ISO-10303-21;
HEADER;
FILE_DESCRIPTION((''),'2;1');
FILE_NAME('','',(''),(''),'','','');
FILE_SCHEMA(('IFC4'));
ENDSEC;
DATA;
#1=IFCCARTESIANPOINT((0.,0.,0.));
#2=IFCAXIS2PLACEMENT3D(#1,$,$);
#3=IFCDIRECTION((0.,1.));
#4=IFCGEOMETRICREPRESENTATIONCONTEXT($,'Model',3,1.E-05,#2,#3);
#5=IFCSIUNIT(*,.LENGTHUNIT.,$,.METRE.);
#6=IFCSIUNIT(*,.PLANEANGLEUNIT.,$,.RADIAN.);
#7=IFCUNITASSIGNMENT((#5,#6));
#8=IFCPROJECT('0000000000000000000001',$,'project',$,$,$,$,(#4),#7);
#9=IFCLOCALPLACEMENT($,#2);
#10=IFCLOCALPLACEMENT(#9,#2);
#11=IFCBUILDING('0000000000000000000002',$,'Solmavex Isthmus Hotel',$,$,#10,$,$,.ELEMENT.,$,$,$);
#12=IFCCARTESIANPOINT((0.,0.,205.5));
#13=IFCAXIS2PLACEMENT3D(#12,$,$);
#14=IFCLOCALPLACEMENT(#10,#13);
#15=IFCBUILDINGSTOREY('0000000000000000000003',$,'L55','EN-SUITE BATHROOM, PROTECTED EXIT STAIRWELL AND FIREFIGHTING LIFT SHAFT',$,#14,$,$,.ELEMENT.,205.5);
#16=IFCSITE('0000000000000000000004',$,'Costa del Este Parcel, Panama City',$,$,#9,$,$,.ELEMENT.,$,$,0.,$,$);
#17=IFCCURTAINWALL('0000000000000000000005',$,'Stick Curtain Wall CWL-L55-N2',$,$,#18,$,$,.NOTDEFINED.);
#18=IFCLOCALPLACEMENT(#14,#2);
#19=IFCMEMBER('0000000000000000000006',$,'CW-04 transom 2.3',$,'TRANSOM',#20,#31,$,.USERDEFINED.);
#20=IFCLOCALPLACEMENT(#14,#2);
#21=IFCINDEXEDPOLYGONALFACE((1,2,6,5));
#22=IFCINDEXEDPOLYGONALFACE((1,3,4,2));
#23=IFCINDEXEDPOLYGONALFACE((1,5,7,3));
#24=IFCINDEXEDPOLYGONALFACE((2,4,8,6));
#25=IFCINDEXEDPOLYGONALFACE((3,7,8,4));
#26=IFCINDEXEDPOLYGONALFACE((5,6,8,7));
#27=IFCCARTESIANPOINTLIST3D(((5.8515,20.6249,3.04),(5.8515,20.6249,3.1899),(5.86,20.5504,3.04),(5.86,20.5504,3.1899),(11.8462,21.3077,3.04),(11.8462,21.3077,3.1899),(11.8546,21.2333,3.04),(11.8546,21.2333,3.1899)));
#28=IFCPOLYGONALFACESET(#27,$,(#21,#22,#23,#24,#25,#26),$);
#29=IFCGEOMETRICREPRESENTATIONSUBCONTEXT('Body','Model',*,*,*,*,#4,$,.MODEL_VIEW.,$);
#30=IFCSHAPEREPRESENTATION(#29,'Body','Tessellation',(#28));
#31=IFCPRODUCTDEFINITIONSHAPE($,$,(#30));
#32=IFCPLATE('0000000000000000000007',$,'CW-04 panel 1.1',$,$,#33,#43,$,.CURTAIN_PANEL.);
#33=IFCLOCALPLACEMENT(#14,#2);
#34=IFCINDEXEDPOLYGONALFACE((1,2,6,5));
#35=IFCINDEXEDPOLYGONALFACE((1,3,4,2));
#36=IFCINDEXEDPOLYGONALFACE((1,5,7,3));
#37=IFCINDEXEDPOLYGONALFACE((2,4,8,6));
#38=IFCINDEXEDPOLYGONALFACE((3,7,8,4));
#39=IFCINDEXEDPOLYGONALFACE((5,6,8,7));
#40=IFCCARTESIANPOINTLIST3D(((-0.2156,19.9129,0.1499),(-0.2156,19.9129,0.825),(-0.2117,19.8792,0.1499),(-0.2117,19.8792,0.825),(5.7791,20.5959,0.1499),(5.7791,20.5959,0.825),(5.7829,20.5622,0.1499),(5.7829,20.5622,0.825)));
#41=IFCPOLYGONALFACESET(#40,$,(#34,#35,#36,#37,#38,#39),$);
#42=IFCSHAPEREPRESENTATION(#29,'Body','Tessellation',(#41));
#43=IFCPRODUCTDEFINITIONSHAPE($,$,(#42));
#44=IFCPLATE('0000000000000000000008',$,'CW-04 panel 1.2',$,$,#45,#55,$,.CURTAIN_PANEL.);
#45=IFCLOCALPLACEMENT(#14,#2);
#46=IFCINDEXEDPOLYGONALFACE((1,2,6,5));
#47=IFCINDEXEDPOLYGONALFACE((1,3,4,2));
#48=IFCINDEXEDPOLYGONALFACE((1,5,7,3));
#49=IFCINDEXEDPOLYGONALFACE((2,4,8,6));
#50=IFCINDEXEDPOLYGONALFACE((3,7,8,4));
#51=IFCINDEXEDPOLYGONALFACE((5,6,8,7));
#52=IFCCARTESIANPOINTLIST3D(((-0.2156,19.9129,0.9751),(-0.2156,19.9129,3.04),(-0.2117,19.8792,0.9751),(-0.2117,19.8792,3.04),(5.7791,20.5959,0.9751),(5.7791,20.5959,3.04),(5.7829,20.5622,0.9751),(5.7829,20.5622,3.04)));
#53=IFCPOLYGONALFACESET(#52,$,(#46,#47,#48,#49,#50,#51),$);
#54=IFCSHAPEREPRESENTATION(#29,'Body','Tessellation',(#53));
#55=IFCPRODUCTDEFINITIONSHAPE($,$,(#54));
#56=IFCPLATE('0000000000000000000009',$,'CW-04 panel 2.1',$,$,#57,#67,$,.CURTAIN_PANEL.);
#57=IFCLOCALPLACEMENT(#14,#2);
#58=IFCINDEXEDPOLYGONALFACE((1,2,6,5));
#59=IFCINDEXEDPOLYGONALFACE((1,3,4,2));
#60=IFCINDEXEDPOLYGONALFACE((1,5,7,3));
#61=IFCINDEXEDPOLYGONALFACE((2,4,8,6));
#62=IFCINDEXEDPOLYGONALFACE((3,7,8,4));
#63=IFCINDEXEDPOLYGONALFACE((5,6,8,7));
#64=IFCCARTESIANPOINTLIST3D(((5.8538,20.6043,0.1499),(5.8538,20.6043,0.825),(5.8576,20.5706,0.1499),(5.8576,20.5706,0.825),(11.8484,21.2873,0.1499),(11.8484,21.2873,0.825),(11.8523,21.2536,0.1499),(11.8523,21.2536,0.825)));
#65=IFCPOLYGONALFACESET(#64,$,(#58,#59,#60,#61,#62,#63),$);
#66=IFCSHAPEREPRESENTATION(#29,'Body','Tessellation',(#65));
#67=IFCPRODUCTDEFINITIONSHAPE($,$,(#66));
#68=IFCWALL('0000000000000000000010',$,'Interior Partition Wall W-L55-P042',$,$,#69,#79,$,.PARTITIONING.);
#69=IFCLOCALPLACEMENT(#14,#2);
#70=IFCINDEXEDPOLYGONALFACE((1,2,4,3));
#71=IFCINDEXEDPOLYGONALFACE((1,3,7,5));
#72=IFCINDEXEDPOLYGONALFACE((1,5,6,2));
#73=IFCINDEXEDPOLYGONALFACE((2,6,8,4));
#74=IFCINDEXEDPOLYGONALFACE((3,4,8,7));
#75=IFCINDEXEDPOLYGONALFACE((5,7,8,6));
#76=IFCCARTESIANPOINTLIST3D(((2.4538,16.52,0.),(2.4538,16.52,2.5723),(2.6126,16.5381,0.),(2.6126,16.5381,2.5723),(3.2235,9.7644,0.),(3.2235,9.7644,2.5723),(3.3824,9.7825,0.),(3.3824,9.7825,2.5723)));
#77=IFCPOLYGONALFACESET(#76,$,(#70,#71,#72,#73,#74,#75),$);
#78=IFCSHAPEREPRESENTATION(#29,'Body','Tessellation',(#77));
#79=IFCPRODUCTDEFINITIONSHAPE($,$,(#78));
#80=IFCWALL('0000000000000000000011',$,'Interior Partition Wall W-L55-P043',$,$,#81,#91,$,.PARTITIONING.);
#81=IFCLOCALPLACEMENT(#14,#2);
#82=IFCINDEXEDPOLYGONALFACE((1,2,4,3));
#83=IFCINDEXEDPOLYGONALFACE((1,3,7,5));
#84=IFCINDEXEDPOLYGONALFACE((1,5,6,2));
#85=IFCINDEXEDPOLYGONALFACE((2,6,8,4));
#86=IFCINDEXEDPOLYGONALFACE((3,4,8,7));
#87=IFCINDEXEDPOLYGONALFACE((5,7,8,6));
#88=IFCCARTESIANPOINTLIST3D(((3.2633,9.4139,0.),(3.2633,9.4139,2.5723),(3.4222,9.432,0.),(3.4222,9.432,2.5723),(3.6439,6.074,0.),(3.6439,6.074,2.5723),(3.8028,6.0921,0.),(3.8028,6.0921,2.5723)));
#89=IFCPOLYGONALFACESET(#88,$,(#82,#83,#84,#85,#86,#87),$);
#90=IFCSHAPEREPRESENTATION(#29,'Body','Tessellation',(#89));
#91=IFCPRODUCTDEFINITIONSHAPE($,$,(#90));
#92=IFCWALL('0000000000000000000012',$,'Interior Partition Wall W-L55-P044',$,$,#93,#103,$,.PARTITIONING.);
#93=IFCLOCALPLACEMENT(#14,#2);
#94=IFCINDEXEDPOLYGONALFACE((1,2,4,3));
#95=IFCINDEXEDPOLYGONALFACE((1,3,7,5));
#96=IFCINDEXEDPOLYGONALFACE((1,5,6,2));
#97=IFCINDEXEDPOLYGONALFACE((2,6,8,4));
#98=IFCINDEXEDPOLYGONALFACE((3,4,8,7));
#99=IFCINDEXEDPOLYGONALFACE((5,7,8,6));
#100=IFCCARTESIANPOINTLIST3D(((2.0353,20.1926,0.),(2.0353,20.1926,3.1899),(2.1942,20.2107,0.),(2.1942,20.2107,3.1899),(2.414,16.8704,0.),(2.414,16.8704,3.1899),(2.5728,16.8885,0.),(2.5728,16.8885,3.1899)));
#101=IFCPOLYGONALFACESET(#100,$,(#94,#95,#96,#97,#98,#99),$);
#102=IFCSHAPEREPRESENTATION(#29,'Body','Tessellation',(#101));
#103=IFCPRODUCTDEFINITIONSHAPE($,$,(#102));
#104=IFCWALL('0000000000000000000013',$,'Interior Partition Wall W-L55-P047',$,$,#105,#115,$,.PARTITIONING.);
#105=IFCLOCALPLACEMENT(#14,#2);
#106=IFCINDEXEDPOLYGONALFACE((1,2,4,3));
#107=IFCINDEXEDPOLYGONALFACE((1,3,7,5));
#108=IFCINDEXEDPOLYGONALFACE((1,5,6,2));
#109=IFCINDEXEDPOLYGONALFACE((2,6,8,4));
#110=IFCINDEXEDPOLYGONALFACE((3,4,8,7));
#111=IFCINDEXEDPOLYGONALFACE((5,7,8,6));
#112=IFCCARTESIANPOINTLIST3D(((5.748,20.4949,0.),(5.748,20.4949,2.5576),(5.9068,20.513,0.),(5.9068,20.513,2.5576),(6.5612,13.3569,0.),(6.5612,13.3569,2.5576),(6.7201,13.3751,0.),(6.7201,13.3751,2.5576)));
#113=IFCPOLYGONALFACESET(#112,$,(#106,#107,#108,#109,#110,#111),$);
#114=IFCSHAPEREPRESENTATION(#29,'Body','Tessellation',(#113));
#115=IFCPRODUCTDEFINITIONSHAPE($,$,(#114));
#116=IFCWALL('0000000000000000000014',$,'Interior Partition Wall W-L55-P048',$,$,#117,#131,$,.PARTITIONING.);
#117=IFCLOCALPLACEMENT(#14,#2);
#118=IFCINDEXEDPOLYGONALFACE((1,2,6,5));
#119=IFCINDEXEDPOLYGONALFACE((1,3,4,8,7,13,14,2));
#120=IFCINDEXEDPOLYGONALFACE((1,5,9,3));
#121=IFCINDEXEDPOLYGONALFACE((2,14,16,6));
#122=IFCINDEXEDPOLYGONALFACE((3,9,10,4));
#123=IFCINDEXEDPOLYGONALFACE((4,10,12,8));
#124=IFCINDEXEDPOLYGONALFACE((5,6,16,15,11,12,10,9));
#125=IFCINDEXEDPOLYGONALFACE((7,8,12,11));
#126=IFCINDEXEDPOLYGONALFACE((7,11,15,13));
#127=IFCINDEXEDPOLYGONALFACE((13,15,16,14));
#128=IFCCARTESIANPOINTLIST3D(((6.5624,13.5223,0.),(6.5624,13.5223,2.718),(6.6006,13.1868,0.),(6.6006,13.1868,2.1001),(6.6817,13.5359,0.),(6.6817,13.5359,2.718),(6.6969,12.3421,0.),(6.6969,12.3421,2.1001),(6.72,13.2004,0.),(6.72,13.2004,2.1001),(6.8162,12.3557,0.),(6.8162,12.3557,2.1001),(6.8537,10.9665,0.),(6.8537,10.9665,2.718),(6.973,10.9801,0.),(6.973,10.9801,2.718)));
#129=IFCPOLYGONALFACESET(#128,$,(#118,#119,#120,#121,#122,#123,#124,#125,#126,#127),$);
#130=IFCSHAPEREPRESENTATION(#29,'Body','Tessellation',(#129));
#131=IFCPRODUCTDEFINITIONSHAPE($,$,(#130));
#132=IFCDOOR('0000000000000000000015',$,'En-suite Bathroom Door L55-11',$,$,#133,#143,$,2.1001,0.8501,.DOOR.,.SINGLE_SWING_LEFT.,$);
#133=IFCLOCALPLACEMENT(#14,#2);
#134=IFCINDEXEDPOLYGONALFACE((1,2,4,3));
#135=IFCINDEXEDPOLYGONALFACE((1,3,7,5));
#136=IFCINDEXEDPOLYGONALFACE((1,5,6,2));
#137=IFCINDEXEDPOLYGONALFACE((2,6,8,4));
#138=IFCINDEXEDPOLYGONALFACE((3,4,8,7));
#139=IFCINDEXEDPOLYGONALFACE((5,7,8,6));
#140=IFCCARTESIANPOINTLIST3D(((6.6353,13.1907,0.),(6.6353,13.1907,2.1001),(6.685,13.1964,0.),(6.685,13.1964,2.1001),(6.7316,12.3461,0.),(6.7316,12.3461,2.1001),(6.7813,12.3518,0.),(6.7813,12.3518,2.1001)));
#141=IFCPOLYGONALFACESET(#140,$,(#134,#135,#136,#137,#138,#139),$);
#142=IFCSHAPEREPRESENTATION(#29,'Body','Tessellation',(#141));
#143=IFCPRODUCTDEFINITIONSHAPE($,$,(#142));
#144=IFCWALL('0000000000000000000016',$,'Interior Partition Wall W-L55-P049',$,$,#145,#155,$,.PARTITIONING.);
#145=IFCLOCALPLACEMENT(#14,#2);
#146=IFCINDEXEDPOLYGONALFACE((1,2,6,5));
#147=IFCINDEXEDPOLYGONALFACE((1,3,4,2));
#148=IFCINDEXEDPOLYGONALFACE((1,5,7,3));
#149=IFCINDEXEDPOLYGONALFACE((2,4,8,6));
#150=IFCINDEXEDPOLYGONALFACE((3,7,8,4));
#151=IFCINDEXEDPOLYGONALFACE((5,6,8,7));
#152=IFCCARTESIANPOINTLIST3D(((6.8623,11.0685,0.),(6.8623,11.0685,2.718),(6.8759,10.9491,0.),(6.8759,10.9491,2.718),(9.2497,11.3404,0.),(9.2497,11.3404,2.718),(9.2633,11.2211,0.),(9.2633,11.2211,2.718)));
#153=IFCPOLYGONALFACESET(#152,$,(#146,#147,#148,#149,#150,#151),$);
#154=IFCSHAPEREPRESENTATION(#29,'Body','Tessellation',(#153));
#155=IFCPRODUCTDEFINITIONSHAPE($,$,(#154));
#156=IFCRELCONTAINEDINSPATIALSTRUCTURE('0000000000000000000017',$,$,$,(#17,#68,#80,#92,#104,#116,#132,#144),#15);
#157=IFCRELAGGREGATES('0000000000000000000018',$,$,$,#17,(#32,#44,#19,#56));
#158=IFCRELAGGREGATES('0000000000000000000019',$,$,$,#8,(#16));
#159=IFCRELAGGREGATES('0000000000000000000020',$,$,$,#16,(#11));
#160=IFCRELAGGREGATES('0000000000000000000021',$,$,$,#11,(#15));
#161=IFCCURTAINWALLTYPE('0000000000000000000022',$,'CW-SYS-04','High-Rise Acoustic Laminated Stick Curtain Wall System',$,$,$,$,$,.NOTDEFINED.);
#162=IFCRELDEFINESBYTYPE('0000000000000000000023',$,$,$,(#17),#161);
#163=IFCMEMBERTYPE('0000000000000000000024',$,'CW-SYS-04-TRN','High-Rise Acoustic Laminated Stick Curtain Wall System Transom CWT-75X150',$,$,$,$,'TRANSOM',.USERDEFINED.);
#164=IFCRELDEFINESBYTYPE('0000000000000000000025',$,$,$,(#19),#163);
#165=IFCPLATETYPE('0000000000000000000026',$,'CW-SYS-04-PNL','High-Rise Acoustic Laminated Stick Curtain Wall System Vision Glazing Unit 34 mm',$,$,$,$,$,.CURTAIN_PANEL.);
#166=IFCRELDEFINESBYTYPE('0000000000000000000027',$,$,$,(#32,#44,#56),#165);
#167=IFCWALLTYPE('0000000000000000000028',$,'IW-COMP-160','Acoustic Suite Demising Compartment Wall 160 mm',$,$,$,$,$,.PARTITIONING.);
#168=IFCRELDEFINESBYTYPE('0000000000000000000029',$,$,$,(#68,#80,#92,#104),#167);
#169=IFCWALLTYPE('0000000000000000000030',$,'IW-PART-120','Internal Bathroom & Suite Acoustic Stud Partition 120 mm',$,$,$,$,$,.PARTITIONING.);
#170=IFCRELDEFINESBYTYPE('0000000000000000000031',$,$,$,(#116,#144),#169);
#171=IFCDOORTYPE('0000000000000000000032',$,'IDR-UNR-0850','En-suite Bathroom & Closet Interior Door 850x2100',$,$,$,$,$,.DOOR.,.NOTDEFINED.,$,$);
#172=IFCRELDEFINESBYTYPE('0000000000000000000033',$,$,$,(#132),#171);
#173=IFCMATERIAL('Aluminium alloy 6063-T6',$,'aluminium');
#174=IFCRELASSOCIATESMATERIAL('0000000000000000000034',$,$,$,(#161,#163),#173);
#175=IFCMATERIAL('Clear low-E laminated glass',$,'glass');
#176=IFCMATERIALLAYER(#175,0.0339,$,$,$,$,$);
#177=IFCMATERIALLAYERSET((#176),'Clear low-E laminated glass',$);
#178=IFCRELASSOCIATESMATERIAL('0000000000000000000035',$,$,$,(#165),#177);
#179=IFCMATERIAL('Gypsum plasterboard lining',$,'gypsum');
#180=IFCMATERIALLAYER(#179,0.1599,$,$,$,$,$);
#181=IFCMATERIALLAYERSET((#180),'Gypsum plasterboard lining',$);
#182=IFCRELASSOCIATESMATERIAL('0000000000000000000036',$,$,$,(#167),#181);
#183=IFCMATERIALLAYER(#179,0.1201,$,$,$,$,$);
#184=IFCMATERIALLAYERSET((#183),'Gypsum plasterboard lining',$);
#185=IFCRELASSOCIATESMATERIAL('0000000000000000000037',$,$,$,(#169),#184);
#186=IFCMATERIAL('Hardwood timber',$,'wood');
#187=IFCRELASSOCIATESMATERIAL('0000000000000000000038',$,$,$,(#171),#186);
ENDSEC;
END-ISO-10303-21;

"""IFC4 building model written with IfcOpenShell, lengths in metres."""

from ifc_helpers import new_model, si_unit, direction, frame, frame_2d, origin, origin_2d, place, context, subcontext, project, spatial, rectangle, extrude, material, layer, layer_set, material_profile, profile_set, type_object, element, fill, aggregate, save


model = new_model("IFC4")

# Units and contexts
model_context = context("Model", 3, precision=1e-05, world=origin(), true_north=direction((0.0, 1.0)))
body_context = subcontext(model_context, "Body", "Model", "MODEL_VIEW")
ifc_project = project(units=[si_unit("LENGTHUNIT", "METRE"), si_unit("PLANEANGLEUNIT", "RADIAN")], contexts=[model_context])

# Site, building, storey
site_placement = place(None, origin())
site = spatial("IfcSite", under=ifc_project, at=site_placement, Name="Costa del Este Parcel, Panama City", CompositionType="ELEMENT", RefElevation=0.0)
building_placement = place(site_placement, origin())
building = spatial("IfcBuilding", under=site, at=building_placement, Name="Solmavex Isthmus Hotel", CompositionType="ELEMENT")
storey_placement = place(building_placement, frame((0.0, 0.0, 205.5)))
storey = spatial("IfcBuildingStorey", under=building, at=storey_placement, Name="L55", Description="EN-SUITE BATHROOM, PROTECTED EXIT STAIRWELL AND FIREFIGHTING LIFT SHAFT", CompositionType="ELEMENT", Elevation=205.5)

# Curtain wall, member, plates
ifc_material_1 = material(Name="Aluminium alloy 6063-T6", Category="aluminium")
curtain_wall_type = type_object("IfcCurtainWallType", Name="CW-SYS-04", Description="High-Rise Acoustic Laminated Stick Curtain Wall System", PredefinedType="NOTDEFINED", material=ifc_material_1)
curtain_wall_placement = place(storey_placement, origin())
curtain_wall = element("IfcCurtainWall", 1, at=curtain_wall_placement, inside=storey, type_object=curtain_wall_type, Name="Stick Curtain Wall CWL-L55-N2", PredefinedType="NOTDEFINED")
ifc_material_profile_1 = material_profile(ifc_material_1, rectangle(XDim=0.075, YDim=0.1499, at=origin_2d()), Name="CWT-75X150")
ifc_profile_set_1 = profile_set([ifc_material_profile_1], Name="Aluminium alloy 6063-T6")
member_type_1 = type_object("IfcMemberType", Name="CW-SYS-04-TRN", Description="High-Rise Acoustic Laminated Stick Curtain Wall System Transom CWT-75X150", ElementType="TRANSOM", PredefinedType="USERDEFINED", material=ifc_profile_set_1)
member_1_placement = place(storey_placement, frame((5.8557, 20.5876, 3.115), z_axis=(0.993574, 0.11318, 0.0), x_axis=(-0.11318, 0.993574, 0.0)))
member_1 = element("IfcMember", 2, at=member_1_placement, type_object=member_type_1, Name="CW-04 transom 2.3", ObjectType="TRANSOM", PredefinedType="USERDEFINED", context=body_context, shape_type="SweptSolid", body=[
    extrude(rectangle(XDim=0.075, YDim=0.1499, at=origin_2d()), origin(), (0.0, 0.0, 1.0), 6.0334),
])
ifc_material_2 = material(Name="Clear low-E laminated glass", Category="glass")
ifc_layer_1 = layer(ifc_material_2, 0.0339)
ifc_layer_set_1 = layer_set([ifc_layer_1], Name="Clear low-E laminated glass")
plate_type = type_object("IfcPlateType", Name="CW-SYS-04-PNL", Description="High-Rise Acoustic Laminated Stick Curtain Wall System Vision Glazing Unit 34 mm", PredefinedType="CURTAIN_PANEL", material=ifc_layer_set_1)
plate_1_placement = place(storey_placement, frame((2.7837, 20.2375, 0.1499), z_axis=(0.0, 0.0, 1.0), x_axis=(0.993572, 0.113203, 0.0)))
plate_1 = element("IfcPlate", 3, at=plate_1_placement, type_object=plate_type, Name="CW-04 panel 1.1", PredefinedType="CURTAIN_PANEL", context=body_context, shape_type="SweptSolid", body=[
    extrude(rectangle(XDim=6.0334, YDim=0.0339, at=origin_2d()), origin(), (0.0, 0.0, 1.0), 0.675),
])
plate_2_placement = place(storey_placement, frame((2.7837, 20.2375, 0.9751), z_axis=(0.0, 0.0, 1.0), x_axis=(0.993572, 0.113203, 0.0)))
plate_2 = element("IfcPlate", 4, at=plate_2_placement, type_object=plate_type, Name="CW-04 panel 1.2", PredefinedType="CURTAIN_PANEL", context=body_context, shape_type="SweptSolid", body=[
    extrude(rectangle(XDim=6.0334, YDim=0.0339, at=origin_2d()), origin(), (0.0, 0.0, 1.0), 2.0649),
])
plate_3_placement = place(storey_placement, frame((8.853, 20.929, 0.1499), z_axis=(0.0, 0.0, 1.0), x_axis=(0.993572, 0.113203, 0.0)))
plate_3 = element("IfcPlate", 5, at=plate_3_placement, type_object=plate_type, Name="CW-04 panel 2.1", PredefinedType="CURTAIN_PANEL", context=body_context, shape_type="SweptSolid", body=[
    extrude(rectangle(XDim=6.0334, YDim=0.0339, at=origin_2d()), origin(), (0.0, 0.0, 1.0), 0.675),
])
aggregate(curtain_wall, [plate_1, plate_2, member_1, plate_3])

# Walls
ifc_material_3 = material(Name="Gypsum plasterboard lining", Category="gypsum")
ifc_layer_2 = layer(ifc_material_3, 0.1599)
ifc_layer_set_2 = layer_set([ifc_layer_2], Name="Gypsum plasterboard lining")
wall_type_1 = type_object("IfcWallType", Name="IW-COMP-160", Description="Acoustic Suite Demising Compartment Wall 160 mm", PredefinedType="PARTITIONING", material=ifc_layer_set_2)
wall_1_placement = place(storey_placement, frame((2.5332, 16.5291, 0.0), z_axis=(0.0, 0.0, 1.0), x_axis=(0.113213, -0.993571, 0.0)))
element("IfcWall", 6, at=wall_1_placement, inside=storey, type_object=wall_type_1, Name="Interior Partition Wall W-L55-P042", PredefinedType="PARTITIONING", context=body_context, shape_type="SweptSolid", body=[
    extrude(rectangle(XDim=6.7993, YDim=0.1599, at=frame_2d((3.3997, 0.0))), origin(), (0.0, 0.0, 1.0), 2.5723),
])
wall_2_placement = place(storey_placement, frame((3.3428, 9.4229, 0.0), z_axis=(0.0, 0.0, 1.0), x_axis=(0.113229, -0.993569, 0.0)))
element("IfcWall", 7, at=wall_2_placement, inside=storey, type_object=wall_type_1, Name="Interior Partition Wall W-L55-P043", PredefinedType="PARTITIONING", context=body_context, shape_type="SweptSolid", body=[
    extrude(rectangle(XDim=3.3616, YDim=0.1599, at=frame_2d((1.6807, 0.0))), origin(), (0.0, 0.0, 1.0), 2.5723),
])
wall_3_placement = place(storey_placement, frame((2.1147, 20.2017, 0.0), z_axis=(0.0, 0.0, 1.0), x_axis=(0.113244, -0.993567, 0.0)))
element("IfcWall", 8, at=wall_3_placement, inside=storey, type_object=wall_type_1, Name="Interior Partition Wall W-L55-P044", PredefinedType="PARTITIONING", context=body_context, shape_type="SweptSolid", body=[
    extrude(rectangle(XDim=3.3438, YDim=0.1599, at=frame_2d((1.6719, 0.0))), origin(), (0.0, 0.0, 1.0), 3.1899),
])

# Shared definitions
ifc_material_4 = material(Name="Hardwood timber", Category="wood")

# Wall
wall_4_placement = place(storey_placement, frame((5.8274, 20.5039, 0.0), z_axis=(0.0, 0.0, 1.0), x_axis=(0.113199, -0.993572, 0.0)))
element("IfcWall", 9, at=wall_4_placement, inside=storey, type_object=wall_type_1, Name="Interior Partition Wall W-L55-P047", PredefinedType="PARTITIONING", context=body_context, shape_type="SweptSolid", body=[
    extrude(rectangle(XDim=7.1841, YDim=0.1599, at=frame_2d((3.592, 0.0))), origin(), (0.0, 0.0, 1.0), 2.5576),
])

# Wall, opening, door
ifc_layer_3 = layer(ifc_material_3, 0.1201)
ifc_layer_set_3 = layer_set([ifc_layer_3], Name="Gypsum plasterboard lining")
wall_type_2 = type_object("IfcWallType", Name="IW-PART-120", Description="Internal Bathroom & Suite Acoustic Stud Partition 120 mm", PredefinedType="PARTITIONING", material=ifc_layer_set_3)
wall_5_placement = place(storey_placement, frame((6.6221, 13.5291, 0.0), z_axis=(0.0, 0.0, 1.0), x_axis=(0.113233, -0.993568, 0.0)))
wall_5 = element("IfcWall", 10, at=wall_5_placement, inside=storey, type_object=wall_type_2, Name="Interior Partition Wall W-L55-P048", PredefinedType="PARTITIONING", context=body_context, shape_type="SweptSolid", body=[
    extrude(rectangle(XDim=2.5723, YDim=0.1201, at=frame_2d((1.2861, 0.0))), origin(), (0.0, 0.0, 1.0), 2.718),
])
opening_1_placement = place(wall_5_placement, frame((0.3376, 0.0, 0.0)))
opening_1 = element("IfcOpeningElement", 11, at=opening_1_placement, cuts=wall_5, PredefinedType="OPENING", context=body_context, shape_type="SweptSolid", body=[
    extrude(rectangle(XDim=0.8501, YDim=2.1001, at=frame_2d((0.425, 1.05))), frame((0.0, 0.0701, 0.0), z_axis=(0.0, -1.0, 0.0), x_axis=(1.0, 0.0, 0.0)), (0.0, 0.0, 1.0), 0.1401),
])
door_type_1 = type_object("IfcDoorType", Name="IDR-UNR-0850", Description="En-suite Bathroom & Closet Interior Door 850x2100", OperationType="NOTDEFINED", PredefinedType="DOOR", material=ifc_material_4)
door_1_placement = place(opening_1_placement, origin())
door_1 = element("IfcDoor", 12, at=door_1_placement, inside=storey, type_object=door_type_1, Name="En-suite Bathroom Door L55-11", OperationType="SINGLE_SWING_LEFT", OverallHeight=2.1001, OverallWidth=0.8501, PredefinedType="DOOR", context=body_context, shape_type="SweptSolid", body=[
    extrude(rectangle(XDim=0.8501, YDim=2.1001, at=frame_2d((0.425, 1.05))), frame((0.0, 0.0249, 0.0), z_axis=(0.0, -1.0, 0.0), x_axis=(1.0, 0.0, 0.0)), (0.0, 0.0, 1.0), 0.05),
])
fill(opening_1, door_1)

# Wall
wall_6_placement = place(storey_placement, frame((6.8691, 11.0088, 0.0), z_axis=(0.0, 0.0, 1.0), x_axis=(0.993574, 0.113186, 0.0)))
element("IfcWall", 13, at=wall_6_placement, inside=storey, type_object=wall_type_2, Name="Interior Partition Wall W-L55-P049", PredefinedType="PARTITIONING", context=body_context, shape_type="SweptSolid", body=[
    extrude(rectangle(XDim=2.4028, YDim=0.1201, at=frame_2d((1.2014, 0.0))), origin(), (0.0, 0.0, 1.0), 2.718),
])

save(model, "model.ifc")
